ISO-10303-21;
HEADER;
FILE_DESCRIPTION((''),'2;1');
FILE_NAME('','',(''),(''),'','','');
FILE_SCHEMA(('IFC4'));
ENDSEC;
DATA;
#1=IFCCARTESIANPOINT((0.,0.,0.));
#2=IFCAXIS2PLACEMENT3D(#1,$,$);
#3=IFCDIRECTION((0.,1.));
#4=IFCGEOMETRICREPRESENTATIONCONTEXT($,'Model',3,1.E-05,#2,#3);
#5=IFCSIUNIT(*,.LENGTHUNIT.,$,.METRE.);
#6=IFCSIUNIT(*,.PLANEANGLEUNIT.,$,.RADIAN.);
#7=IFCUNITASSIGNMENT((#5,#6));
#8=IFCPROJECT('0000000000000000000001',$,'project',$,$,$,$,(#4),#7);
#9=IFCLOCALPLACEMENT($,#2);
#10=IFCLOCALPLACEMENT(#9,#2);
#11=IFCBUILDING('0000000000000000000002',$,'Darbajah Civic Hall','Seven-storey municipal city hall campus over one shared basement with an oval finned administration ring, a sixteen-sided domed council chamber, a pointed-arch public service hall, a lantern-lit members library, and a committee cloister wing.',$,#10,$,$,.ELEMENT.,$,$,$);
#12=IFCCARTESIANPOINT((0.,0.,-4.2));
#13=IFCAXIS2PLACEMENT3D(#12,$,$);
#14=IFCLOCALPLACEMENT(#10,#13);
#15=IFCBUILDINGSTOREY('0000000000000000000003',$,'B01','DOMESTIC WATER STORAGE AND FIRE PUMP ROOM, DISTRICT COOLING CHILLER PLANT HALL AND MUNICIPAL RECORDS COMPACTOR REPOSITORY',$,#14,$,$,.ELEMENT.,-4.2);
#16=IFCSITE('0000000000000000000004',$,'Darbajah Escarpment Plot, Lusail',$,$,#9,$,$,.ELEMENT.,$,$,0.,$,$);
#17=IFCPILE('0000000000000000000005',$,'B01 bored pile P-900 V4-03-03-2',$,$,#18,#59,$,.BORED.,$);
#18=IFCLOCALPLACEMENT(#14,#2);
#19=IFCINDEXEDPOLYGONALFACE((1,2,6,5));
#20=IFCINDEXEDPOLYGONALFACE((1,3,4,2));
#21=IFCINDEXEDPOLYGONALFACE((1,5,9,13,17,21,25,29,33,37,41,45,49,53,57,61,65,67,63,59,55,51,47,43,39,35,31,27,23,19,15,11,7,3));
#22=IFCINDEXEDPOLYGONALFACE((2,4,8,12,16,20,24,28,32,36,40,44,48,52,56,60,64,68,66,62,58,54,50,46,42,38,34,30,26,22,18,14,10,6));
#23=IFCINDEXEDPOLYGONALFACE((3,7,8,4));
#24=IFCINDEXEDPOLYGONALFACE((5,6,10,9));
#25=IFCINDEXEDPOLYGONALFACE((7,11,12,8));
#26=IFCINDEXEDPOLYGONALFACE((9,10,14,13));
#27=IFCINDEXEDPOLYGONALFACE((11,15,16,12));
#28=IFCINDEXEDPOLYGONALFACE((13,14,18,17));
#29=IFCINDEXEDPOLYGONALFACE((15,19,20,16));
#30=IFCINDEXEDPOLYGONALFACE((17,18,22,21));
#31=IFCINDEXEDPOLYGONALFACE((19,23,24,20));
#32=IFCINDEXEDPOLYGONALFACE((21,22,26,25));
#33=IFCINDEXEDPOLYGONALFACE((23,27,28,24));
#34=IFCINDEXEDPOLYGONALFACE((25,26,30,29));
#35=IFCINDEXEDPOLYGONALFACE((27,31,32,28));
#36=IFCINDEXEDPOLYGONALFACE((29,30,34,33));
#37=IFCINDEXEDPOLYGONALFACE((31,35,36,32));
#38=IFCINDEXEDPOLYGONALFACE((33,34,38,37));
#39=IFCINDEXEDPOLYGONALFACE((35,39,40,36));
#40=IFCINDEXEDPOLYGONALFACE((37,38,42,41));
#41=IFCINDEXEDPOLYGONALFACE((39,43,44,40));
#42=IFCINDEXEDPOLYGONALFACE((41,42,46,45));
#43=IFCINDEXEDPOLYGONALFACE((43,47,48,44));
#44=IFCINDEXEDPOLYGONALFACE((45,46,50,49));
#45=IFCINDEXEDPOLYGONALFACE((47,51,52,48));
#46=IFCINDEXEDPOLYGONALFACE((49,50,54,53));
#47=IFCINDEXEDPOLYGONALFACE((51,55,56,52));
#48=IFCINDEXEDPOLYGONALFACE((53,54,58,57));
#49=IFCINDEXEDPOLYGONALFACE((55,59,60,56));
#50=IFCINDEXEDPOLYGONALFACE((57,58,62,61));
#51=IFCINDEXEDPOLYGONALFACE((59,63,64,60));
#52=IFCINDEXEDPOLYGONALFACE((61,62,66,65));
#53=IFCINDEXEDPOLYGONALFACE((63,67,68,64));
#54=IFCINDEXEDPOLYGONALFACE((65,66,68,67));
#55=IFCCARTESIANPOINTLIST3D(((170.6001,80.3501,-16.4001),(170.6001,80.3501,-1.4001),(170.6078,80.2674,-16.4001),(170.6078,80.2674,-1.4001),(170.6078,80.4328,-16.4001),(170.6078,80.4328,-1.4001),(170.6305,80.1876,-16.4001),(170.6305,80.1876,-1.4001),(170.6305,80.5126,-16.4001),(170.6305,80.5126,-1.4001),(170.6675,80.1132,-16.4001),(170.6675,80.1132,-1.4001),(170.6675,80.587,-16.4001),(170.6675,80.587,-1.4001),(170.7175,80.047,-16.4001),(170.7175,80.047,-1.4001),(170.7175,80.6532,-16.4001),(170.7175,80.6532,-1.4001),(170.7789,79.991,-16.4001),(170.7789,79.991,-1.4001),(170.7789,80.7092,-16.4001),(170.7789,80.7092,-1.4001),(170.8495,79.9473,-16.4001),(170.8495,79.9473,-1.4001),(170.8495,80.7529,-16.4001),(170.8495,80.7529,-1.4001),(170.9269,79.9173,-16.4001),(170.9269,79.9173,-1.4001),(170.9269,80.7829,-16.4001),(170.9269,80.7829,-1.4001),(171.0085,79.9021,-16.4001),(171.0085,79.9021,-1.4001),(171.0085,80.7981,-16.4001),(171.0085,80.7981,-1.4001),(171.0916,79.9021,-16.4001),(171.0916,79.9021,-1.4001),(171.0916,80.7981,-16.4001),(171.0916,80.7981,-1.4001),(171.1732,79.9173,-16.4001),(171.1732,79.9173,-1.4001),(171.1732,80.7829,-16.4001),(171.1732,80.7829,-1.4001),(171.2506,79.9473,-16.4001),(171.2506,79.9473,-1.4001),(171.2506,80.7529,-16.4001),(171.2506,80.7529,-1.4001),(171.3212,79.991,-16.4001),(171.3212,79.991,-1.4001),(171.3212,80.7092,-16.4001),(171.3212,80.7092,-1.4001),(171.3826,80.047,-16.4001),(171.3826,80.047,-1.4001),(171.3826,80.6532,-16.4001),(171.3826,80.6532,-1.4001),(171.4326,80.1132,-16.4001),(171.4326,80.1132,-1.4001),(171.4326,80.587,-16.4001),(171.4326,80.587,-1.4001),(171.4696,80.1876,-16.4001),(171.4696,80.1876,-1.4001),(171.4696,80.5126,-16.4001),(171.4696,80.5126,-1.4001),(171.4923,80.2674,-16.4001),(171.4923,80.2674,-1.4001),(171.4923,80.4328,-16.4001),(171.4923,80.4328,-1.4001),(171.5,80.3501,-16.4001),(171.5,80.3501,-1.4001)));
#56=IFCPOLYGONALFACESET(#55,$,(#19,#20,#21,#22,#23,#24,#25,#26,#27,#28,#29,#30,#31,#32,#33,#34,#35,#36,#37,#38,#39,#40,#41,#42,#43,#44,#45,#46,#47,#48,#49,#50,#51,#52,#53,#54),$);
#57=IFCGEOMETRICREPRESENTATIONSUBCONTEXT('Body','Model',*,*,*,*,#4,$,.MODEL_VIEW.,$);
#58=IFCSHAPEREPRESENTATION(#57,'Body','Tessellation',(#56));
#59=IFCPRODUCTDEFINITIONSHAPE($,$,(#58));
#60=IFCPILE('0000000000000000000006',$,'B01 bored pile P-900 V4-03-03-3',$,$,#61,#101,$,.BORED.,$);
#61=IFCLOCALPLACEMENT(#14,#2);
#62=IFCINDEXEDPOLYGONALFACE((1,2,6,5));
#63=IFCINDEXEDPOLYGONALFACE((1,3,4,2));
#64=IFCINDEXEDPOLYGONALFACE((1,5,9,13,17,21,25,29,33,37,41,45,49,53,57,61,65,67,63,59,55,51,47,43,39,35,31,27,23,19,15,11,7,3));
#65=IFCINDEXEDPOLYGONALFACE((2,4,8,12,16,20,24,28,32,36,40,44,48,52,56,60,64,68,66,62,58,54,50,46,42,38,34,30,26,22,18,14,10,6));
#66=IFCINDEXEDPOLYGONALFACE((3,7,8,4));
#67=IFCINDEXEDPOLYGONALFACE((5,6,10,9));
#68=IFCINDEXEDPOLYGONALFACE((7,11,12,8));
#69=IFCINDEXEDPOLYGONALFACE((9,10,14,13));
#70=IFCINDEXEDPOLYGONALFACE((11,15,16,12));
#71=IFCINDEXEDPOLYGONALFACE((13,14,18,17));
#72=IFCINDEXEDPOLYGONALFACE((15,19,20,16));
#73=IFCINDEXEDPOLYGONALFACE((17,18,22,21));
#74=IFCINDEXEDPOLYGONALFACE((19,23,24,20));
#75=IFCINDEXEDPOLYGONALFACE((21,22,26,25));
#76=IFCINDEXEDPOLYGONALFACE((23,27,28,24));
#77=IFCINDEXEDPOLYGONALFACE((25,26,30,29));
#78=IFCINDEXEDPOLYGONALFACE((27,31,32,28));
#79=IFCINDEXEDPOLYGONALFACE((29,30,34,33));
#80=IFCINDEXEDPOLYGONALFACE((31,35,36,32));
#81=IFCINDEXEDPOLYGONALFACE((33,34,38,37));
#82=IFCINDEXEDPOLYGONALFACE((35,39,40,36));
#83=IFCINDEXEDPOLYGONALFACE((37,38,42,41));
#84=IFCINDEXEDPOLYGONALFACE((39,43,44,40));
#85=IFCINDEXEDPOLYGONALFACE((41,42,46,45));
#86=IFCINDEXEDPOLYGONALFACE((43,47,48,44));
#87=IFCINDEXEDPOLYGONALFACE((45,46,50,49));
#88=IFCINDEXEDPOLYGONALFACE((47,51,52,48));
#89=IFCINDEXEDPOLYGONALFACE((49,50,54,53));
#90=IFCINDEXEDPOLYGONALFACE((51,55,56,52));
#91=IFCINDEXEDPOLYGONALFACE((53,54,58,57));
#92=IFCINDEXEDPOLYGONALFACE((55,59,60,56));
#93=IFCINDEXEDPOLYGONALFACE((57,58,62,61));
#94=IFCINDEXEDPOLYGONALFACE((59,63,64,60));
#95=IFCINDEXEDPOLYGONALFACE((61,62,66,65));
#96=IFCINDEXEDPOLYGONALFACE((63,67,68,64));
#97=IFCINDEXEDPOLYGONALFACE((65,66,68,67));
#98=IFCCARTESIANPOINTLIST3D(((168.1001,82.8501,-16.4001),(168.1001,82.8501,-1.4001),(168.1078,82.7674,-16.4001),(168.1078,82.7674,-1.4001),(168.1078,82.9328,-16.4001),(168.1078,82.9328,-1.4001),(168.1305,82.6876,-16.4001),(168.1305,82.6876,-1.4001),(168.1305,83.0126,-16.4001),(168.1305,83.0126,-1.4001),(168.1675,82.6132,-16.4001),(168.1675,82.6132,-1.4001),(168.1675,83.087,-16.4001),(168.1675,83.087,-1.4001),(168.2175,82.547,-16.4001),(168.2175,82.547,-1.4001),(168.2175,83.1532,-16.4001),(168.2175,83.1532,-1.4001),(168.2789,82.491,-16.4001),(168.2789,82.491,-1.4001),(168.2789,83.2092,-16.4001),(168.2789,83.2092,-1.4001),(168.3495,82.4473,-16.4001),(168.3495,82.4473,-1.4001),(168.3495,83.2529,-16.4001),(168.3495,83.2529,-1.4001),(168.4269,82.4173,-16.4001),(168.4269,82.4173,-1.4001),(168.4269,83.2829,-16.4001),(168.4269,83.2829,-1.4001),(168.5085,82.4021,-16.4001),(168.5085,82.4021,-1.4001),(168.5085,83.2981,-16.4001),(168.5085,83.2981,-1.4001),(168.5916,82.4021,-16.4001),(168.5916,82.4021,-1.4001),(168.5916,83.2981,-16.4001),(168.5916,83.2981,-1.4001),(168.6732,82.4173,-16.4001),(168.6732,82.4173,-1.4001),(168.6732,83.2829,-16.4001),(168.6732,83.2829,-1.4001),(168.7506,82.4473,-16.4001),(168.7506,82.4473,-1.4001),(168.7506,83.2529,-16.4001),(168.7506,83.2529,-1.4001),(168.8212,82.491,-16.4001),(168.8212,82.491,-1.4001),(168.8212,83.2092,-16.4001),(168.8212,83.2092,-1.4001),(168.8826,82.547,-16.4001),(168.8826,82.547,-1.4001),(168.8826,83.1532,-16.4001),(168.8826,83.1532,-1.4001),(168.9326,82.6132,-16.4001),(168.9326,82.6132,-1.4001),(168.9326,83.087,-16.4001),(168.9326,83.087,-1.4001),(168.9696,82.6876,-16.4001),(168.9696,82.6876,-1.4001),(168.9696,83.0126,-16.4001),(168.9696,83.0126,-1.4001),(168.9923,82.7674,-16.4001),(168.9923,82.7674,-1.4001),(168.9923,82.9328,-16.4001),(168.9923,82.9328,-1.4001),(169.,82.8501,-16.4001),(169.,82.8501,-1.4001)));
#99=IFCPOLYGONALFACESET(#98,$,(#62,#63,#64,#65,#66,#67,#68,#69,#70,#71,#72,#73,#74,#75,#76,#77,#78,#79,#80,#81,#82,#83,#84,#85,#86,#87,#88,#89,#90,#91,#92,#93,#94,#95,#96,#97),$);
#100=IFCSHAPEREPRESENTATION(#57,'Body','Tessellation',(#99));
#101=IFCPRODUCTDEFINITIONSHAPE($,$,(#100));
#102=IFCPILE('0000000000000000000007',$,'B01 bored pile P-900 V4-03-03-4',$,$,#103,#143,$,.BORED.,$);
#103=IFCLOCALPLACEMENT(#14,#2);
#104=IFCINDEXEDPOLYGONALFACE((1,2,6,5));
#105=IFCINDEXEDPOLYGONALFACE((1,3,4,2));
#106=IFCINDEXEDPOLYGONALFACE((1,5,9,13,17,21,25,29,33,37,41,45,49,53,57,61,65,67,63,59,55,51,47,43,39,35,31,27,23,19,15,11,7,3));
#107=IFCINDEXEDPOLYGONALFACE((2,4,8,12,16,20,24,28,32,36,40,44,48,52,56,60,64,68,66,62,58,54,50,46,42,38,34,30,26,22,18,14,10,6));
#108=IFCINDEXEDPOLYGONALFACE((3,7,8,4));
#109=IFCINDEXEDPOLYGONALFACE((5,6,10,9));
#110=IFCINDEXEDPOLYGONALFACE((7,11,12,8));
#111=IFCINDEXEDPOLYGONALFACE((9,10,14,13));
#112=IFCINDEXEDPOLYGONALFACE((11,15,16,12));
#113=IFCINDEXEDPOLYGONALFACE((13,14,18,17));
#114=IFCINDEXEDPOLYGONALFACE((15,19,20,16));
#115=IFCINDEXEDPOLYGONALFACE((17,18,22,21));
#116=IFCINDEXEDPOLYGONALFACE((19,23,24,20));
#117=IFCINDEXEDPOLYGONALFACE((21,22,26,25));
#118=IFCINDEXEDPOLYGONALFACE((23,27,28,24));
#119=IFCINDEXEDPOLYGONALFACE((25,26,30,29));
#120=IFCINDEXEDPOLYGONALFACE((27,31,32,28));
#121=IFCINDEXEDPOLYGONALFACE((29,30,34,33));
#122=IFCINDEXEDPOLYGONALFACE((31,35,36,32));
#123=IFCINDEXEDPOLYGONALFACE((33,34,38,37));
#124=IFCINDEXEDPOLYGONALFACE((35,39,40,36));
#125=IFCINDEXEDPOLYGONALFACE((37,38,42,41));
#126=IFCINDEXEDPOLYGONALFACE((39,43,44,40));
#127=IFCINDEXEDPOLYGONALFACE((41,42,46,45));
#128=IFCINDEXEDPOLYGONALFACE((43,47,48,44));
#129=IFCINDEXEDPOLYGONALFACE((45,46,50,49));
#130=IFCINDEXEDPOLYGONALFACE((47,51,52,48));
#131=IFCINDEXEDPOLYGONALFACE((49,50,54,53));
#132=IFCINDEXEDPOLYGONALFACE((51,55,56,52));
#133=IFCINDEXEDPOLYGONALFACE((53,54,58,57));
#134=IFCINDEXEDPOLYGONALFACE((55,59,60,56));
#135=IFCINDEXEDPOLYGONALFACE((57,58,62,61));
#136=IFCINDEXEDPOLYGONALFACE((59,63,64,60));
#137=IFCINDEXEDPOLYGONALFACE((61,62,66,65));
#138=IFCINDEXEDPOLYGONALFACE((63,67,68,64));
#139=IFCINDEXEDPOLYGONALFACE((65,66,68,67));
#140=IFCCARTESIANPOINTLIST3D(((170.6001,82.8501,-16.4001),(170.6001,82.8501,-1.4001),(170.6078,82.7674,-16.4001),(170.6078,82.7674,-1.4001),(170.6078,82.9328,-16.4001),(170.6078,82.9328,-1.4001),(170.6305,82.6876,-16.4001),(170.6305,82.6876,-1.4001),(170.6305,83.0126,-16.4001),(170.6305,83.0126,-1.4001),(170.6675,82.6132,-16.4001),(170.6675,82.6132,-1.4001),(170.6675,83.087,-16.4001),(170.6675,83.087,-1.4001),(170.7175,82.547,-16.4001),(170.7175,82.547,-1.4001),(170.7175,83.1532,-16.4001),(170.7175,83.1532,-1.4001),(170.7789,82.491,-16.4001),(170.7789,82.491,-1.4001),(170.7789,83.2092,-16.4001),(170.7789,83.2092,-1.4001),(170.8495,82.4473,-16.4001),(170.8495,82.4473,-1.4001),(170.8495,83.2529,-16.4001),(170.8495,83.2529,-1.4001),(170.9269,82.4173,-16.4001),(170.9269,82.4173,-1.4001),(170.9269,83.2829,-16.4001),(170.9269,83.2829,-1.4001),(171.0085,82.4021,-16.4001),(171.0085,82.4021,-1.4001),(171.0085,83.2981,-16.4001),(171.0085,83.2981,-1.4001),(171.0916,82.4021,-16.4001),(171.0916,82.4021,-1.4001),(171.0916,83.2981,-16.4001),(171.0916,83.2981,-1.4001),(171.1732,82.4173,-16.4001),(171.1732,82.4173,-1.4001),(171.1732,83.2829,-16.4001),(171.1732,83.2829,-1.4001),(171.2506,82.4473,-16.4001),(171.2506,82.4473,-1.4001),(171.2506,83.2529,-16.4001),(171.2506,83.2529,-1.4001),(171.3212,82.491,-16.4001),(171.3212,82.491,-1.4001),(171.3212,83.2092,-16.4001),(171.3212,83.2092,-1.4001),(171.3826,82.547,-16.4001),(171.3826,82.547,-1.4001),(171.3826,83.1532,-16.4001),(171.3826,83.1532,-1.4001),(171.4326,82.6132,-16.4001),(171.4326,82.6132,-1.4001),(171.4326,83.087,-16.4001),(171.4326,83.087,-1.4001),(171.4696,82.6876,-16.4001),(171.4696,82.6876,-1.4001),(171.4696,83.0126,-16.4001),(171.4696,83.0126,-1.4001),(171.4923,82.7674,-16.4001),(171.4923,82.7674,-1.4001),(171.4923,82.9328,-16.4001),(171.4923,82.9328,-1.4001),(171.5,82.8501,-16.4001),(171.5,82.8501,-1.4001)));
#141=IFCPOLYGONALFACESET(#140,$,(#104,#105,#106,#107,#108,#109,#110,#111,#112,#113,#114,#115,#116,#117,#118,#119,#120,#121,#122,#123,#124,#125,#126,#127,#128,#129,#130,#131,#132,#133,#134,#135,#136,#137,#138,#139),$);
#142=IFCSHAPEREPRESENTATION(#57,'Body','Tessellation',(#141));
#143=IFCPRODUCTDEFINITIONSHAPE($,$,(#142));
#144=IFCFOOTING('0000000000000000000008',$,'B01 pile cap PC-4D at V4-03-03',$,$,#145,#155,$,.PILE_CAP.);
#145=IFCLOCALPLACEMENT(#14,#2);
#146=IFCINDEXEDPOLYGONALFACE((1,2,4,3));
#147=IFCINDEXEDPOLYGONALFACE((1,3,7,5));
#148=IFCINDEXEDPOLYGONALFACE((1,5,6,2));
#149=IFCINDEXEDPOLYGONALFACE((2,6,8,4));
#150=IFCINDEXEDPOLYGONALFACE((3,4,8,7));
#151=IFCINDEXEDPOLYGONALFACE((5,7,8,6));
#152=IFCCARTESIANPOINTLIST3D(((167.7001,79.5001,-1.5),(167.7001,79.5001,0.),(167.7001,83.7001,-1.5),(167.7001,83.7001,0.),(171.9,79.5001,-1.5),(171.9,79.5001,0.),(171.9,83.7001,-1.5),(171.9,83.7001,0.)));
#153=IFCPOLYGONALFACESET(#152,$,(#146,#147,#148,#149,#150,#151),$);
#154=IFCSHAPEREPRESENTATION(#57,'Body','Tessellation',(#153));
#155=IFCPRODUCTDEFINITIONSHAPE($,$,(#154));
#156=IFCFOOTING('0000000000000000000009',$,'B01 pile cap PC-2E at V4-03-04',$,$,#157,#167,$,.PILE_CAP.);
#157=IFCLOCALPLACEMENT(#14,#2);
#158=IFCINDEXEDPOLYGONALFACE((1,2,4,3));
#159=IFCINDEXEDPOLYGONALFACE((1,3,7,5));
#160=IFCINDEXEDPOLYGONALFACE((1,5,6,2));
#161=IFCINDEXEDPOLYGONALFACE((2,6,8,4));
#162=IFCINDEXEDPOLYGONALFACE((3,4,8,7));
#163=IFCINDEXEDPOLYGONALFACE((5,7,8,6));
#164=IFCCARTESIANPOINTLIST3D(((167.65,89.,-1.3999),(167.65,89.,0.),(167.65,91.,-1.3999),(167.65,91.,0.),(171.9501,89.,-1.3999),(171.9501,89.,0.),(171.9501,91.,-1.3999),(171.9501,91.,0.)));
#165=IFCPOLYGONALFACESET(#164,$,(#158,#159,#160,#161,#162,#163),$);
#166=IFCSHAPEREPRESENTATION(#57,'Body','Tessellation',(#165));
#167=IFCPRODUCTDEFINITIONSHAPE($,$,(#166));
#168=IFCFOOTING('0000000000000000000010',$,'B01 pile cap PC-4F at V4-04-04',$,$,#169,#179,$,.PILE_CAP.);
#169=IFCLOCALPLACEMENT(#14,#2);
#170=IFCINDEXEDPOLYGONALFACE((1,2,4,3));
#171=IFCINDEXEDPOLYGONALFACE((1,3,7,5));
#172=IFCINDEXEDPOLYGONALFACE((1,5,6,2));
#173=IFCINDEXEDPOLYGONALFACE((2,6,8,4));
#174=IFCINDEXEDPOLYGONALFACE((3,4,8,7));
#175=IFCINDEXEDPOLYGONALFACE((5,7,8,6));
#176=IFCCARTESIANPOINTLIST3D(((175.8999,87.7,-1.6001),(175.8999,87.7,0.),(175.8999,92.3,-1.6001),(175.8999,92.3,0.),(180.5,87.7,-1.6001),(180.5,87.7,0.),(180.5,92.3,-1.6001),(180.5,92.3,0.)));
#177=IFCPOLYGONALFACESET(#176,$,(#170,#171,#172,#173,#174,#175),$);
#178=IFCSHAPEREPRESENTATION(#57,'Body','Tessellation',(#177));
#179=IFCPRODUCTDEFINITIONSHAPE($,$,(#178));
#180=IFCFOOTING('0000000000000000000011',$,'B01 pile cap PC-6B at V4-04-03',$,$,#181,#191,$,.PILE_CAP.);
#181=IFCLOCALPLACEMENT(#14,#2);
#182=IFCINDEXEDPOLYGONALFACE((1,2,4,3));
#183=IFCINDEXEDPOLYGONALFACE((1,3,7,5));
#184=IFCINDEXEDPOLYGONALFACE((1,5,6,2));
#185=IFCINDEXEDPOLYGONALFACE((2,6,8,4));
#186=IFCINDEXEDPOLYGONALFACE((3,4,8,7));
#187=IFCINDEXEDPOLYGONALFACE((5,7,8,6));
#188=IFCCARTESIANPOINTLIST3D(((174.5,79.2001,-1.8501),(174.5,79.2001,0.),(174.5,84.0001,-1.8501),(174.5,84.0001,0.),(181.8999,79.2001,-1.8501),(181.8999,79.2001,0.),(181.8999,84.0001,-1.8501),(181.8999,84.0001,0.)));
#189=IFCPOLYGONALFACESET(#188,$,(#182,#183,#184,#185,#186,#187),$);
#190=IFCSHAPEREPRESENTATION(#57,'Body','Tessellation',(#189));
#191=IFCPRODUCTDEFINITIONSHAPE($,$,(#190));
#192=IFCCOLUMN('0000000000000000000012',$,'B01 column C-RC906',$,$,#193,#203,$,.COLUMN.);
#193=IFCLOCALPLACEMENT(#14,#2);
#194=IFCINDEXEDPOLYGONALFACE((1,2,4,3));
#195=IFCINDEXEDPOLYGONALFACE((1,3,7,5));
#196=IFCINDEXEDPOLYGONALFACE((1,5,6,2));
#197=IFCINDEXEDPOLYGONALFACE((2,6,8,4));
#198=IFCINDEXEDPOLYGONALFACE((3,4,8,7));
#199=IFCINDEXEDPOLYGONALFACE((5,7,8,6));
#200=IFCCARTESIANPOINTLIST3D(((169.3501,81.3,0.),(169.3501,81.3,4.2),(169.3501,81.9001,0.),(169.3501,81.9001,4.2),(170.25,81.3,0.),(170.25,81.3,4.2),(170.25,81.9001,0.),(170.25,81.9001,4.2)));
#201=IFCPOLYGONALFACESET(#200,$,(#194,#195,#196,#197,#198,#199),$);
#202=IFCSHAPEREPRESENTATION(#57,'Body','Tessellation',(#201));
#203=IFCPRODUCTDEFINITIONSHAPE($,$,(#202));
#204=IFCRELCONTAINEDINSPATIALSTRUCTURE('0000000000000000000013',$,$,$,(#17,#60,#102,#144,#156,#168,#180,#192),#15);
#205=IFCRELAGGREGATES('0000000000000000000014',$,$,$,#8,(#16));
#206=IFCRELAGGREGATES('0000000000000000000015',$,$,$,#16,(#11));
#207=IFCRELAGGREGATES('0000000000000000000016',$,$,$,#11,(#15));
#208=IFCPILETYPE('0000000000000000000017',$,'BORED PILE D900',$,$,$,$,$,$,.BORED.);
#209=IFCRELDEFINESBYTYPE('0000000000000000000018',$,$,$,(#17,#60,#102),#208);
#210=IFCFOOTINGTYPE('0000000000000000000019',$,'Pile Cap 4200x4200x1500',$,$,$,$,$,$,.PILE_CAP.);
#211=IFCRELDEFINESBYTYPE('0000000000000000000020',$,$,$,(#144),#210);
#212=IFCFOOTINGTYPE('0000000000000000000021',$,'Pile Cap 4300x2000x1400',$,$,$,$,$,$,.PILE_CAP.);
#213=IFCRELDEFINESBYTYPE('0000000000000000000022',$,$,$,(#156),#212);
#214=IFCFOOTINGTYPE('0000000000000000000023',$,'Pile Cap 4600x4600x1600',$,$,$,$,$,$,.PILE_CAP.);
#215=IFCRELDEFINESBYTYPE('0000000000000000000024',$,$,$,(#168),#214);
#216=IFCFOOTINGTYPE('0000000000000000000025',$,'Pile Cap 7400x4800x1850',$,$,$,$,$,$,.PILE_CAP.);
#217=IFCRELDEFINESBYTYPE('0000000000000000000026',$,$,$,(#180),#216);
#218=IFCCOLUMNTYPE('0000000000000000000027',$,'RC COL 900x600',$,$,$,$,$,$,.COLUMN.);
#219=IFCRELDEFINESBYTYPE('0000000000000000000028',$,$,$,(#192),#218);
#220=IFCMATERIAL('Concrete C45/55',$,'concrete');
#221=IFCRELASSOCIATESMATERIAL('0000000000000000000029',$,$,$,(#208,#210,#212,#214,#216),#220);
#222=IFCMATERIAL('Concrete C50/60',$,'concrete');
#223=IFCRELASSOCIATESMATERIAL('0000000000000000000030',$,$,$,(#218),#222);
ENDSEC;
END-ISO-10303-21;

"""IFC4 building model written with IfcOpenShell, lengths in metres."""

from ifc_helpers import new_model, si_unit, direction, frame, origin, origin_2d, place, context, subcontext, project, spatial, rectangle, circle, extrude, material, material_profile, profile_set, type_object, element, save


model = new_model("IFC4")

# Units and contexts
model_context = context("Model", 3, precision=1e-05, world=origin(), true_north=direction((0.0, 1.0)))
body_context = subcontext(model_context, "Body", "Model", "MODEL_VIEW")
ifc_project = project(units=[si_unit("LENGTHUNIT", "METRE"), si_unit("PLANEANGLEUNIT", "RADIAN")], contexts=[model_context])

# Site, building, storey
site_placement = place(None, origin())
site = spatial("IfcSite", under=ifc_project, at=site_placement, Name="Darbajah Escarpment Plot, Lusail", CompositionType="ELEMENT", RefElevation=0.0)
building_placement = place(site_placement, origin())
building = spatial("IfcBuilding", under=site, at=building_placement, Name="Darbajah Civic Hall", Description="Seven-storey municipal city hall campus over one shared basement with an oval finned administration ring, a sixteen-sided domed council chamber, a pointed-arch public service hall, a lantern-lit members library, and a committee cloister wing.", CompositionType="ELEMENT")
storey_placement = place(building_placement, frame((0.0, 0.0, -4.2)))
storey = spatial("IfcBuildingStorey", under=building, at=storey_placement, Name="B01", Description="DOMESTIC WATER STORAGE AND FIRE PUMP ROOM, DISTRICT COOLING CHILLER PLANT HALL AND MUNICIPAL RECORDS COMPACTOR REPOSITORY", CompositionType="ELEMENT", Elevation=-4.2)

# Piles
ifc_material_1 = material(Name="Concrete C45/55", Category="concrete")
ifc_material_profile_1 = material_profile(ifc_material_1, circle(Radius=0.45, at=origin_2d()), Name="BORED PILE D900")
ifc_profile_set_1 = profile_set([ifc_material_profile_1], Name="Concrete C45/55")
pile_type_1 = type_object("IfcPileType", Name="BORED PILE D900", PredefinedType="BORED", material=ifc_profile_set_1)
for number, where, z_axis, x_axis, name in (
    (1, (171.05, 80.3501, -1.4001), (0.0, 0.0, -1.0), (1.0, 0.0, 0.0), "B01 bored pile P-900 V4-03-03-2"),
    (2, (168.55, 82.8501, -1.4001), (0.0, 0.0, -1.0), (1.0, 0.0, 0.0), "B01 bored pile P-900 V4-03-03-3"),
    (3, (171.05, 82.8501, -1.4001), (0.0, 0.0, -1.0), (1.0, 0.0, 0.0), "B01 bored pile P-900 V4-03-03-4"),
):
    element("IfcPile", number, at=place(storey_placement, frame(where, z_axis=z_axis, x_axis=x_axis)), inside=storey, type_object=pile_type_1, Name=name, PredefinedType="BORED", context=body_context, shape_type="SweptSolid", body=[
        extrude(circle(Radius=0.45, at=origin_2d()), origin(), (0.0, 0.0, 1.0), 15.0),
    ])

# Footings
footing_type_1 = type_object("IfcFootingType", Name="Pile Cap 4200x4200x1500", PredefinedType="PILE_CAP", material=ifc_material_1)
footing_1_placement = place(storey_placement, frame((169.8, 81.6001, -1.5), z_axis=(0.0, 0.0, 1.0), x_axis=(1.0, 0.0, 0.0)))
element("IfcFooting", 4, at=footing_1_placement, inside=storey, type_object=footing_type_1, Name="B01 pile cap PC-4D at V4-03-03", PredefinedType="PILE_CAP", context=body_context, shape_type="SweptSolid", body=[
    extrude(rectangle(XDim=4.2, YDim=4.2, at=origin_2d()), origin(), (0.0, 0.0, 1.0), 1.5),
])
footing_type_2 = type_object("IfcFootingType", Name="Pile Cap 4300x2000x1400", PredefinedType="PILE_CAP", material=ifc_material_1)
footing_2_placement = place(storey_placement, frame((169.8, 90.0, -1.3999), z_axis=(0.0, 0.0, 1.0), x_axis=(1.0, 0.0, 0.0)))
element("IfcFooting", 5, at=footing_2_placement, inside=storey, type_object=footing_type_2, Name="B01 pile cap PC-2E at V4-03-04", PredefinedType="PILE_CAP", context=body_context, shape_type="SweptSolid", body=[
    extrude(rectangle(XDim=4.3, YDim=2.0, at=origin_2d()), origin(), (0.0, 0.0, 1.0), 1.3999),
])
footing_type_3 = type_object("IfcFootingType", Name="Pile Cap 4600x4600x1600", PredefinedType="PILE_CAP", material=ifc_material_1)
footing_3_placement = place(storey_placement, frame((178.2, 90.0, -1.6001), z_axis=(0.0, 0.0, 1.0), x_axis=(1.0, 0.0, 0.0)))
element("IfcFooting", 6, at=footing_3_placement, inside=storey, type_object=footing_type_3, Name="B01 pile cap PC-4F at V4-04-04", PredefinedType="PILE_CAP", context=body_context, shape_type="SweptSolid", body=[
    extrude(rectangle(XDim=4.6001, YDim=4.6001, at=origin_2d()), origin(), (0.0, 0.0, 1.0), 1.6001),
])
footing_type_4 = type_object("IfcFootingType", Name="Pile Cap 7400x4800x1850", PredefinedType="PILE_CAP", material=ifc_material_1)
footing_4_placement = place(storey_placement, frame((178.2, 81.6001, -1.8501), z_axis=(0.0, 0.0, 1.0), x_axis=(1.0, 0.0, 0.0)))
element("IfcFooting", 7, at=footing_4_placement, inside=storey, type_object=footing_type_4, Name="B01 pile cap PC-6B at V4-04-03", PredefinedType="PILE_CAP", context=body_context, shape_type="SweptSolid", body=[
    extrude(rectangle(XDim=7.3999, YDim=4.8, at=origin_2d()), origin(), (0.0, 0.0, 1.0), 1.8501),
])

# Column
ifc_material_2 = material(Name="Concrete C50/60", Category="concrete")
ifc_material_profile_2 = material_profile(ifc_material_2, rectangle(XDim=0.8999, YDim=0.6001, at=origin_2d()), Name="RC COL 900x600")
ifc_profile_set_2 = profile_set([ifc_material_profile_2], Name="Concrete C50/60")
column_type = type_object("IfcColumnType", Name="RC COL 900x600", PredefinedType="COLUMN", material=ifc_profile_set_2)
for number, where, z_axis, x_axis, name in (
    (8, (169.8, 81.6001, 0.0), (0.0, 0.0, 1.0), (1.0, 0.0, 0.0), "B01 column C-RC906"),
):
    element("IfcColumn", number, at=place(storey_placement, frame(where, z_axis=z_axis, x_axis=x_axis)), inside=storey, type_object=column_type, Name=name, PredefinedType="COLUMN", context=body_context, shape_type="SweptSolid", body=[
        extrude(rectangle(XDim=0.8999, YDim=0.6001, at=origin_2d()), origin(), (0.0, 0.0, 1.0), 4.2),
    ])

save(model, "model.ifc")
